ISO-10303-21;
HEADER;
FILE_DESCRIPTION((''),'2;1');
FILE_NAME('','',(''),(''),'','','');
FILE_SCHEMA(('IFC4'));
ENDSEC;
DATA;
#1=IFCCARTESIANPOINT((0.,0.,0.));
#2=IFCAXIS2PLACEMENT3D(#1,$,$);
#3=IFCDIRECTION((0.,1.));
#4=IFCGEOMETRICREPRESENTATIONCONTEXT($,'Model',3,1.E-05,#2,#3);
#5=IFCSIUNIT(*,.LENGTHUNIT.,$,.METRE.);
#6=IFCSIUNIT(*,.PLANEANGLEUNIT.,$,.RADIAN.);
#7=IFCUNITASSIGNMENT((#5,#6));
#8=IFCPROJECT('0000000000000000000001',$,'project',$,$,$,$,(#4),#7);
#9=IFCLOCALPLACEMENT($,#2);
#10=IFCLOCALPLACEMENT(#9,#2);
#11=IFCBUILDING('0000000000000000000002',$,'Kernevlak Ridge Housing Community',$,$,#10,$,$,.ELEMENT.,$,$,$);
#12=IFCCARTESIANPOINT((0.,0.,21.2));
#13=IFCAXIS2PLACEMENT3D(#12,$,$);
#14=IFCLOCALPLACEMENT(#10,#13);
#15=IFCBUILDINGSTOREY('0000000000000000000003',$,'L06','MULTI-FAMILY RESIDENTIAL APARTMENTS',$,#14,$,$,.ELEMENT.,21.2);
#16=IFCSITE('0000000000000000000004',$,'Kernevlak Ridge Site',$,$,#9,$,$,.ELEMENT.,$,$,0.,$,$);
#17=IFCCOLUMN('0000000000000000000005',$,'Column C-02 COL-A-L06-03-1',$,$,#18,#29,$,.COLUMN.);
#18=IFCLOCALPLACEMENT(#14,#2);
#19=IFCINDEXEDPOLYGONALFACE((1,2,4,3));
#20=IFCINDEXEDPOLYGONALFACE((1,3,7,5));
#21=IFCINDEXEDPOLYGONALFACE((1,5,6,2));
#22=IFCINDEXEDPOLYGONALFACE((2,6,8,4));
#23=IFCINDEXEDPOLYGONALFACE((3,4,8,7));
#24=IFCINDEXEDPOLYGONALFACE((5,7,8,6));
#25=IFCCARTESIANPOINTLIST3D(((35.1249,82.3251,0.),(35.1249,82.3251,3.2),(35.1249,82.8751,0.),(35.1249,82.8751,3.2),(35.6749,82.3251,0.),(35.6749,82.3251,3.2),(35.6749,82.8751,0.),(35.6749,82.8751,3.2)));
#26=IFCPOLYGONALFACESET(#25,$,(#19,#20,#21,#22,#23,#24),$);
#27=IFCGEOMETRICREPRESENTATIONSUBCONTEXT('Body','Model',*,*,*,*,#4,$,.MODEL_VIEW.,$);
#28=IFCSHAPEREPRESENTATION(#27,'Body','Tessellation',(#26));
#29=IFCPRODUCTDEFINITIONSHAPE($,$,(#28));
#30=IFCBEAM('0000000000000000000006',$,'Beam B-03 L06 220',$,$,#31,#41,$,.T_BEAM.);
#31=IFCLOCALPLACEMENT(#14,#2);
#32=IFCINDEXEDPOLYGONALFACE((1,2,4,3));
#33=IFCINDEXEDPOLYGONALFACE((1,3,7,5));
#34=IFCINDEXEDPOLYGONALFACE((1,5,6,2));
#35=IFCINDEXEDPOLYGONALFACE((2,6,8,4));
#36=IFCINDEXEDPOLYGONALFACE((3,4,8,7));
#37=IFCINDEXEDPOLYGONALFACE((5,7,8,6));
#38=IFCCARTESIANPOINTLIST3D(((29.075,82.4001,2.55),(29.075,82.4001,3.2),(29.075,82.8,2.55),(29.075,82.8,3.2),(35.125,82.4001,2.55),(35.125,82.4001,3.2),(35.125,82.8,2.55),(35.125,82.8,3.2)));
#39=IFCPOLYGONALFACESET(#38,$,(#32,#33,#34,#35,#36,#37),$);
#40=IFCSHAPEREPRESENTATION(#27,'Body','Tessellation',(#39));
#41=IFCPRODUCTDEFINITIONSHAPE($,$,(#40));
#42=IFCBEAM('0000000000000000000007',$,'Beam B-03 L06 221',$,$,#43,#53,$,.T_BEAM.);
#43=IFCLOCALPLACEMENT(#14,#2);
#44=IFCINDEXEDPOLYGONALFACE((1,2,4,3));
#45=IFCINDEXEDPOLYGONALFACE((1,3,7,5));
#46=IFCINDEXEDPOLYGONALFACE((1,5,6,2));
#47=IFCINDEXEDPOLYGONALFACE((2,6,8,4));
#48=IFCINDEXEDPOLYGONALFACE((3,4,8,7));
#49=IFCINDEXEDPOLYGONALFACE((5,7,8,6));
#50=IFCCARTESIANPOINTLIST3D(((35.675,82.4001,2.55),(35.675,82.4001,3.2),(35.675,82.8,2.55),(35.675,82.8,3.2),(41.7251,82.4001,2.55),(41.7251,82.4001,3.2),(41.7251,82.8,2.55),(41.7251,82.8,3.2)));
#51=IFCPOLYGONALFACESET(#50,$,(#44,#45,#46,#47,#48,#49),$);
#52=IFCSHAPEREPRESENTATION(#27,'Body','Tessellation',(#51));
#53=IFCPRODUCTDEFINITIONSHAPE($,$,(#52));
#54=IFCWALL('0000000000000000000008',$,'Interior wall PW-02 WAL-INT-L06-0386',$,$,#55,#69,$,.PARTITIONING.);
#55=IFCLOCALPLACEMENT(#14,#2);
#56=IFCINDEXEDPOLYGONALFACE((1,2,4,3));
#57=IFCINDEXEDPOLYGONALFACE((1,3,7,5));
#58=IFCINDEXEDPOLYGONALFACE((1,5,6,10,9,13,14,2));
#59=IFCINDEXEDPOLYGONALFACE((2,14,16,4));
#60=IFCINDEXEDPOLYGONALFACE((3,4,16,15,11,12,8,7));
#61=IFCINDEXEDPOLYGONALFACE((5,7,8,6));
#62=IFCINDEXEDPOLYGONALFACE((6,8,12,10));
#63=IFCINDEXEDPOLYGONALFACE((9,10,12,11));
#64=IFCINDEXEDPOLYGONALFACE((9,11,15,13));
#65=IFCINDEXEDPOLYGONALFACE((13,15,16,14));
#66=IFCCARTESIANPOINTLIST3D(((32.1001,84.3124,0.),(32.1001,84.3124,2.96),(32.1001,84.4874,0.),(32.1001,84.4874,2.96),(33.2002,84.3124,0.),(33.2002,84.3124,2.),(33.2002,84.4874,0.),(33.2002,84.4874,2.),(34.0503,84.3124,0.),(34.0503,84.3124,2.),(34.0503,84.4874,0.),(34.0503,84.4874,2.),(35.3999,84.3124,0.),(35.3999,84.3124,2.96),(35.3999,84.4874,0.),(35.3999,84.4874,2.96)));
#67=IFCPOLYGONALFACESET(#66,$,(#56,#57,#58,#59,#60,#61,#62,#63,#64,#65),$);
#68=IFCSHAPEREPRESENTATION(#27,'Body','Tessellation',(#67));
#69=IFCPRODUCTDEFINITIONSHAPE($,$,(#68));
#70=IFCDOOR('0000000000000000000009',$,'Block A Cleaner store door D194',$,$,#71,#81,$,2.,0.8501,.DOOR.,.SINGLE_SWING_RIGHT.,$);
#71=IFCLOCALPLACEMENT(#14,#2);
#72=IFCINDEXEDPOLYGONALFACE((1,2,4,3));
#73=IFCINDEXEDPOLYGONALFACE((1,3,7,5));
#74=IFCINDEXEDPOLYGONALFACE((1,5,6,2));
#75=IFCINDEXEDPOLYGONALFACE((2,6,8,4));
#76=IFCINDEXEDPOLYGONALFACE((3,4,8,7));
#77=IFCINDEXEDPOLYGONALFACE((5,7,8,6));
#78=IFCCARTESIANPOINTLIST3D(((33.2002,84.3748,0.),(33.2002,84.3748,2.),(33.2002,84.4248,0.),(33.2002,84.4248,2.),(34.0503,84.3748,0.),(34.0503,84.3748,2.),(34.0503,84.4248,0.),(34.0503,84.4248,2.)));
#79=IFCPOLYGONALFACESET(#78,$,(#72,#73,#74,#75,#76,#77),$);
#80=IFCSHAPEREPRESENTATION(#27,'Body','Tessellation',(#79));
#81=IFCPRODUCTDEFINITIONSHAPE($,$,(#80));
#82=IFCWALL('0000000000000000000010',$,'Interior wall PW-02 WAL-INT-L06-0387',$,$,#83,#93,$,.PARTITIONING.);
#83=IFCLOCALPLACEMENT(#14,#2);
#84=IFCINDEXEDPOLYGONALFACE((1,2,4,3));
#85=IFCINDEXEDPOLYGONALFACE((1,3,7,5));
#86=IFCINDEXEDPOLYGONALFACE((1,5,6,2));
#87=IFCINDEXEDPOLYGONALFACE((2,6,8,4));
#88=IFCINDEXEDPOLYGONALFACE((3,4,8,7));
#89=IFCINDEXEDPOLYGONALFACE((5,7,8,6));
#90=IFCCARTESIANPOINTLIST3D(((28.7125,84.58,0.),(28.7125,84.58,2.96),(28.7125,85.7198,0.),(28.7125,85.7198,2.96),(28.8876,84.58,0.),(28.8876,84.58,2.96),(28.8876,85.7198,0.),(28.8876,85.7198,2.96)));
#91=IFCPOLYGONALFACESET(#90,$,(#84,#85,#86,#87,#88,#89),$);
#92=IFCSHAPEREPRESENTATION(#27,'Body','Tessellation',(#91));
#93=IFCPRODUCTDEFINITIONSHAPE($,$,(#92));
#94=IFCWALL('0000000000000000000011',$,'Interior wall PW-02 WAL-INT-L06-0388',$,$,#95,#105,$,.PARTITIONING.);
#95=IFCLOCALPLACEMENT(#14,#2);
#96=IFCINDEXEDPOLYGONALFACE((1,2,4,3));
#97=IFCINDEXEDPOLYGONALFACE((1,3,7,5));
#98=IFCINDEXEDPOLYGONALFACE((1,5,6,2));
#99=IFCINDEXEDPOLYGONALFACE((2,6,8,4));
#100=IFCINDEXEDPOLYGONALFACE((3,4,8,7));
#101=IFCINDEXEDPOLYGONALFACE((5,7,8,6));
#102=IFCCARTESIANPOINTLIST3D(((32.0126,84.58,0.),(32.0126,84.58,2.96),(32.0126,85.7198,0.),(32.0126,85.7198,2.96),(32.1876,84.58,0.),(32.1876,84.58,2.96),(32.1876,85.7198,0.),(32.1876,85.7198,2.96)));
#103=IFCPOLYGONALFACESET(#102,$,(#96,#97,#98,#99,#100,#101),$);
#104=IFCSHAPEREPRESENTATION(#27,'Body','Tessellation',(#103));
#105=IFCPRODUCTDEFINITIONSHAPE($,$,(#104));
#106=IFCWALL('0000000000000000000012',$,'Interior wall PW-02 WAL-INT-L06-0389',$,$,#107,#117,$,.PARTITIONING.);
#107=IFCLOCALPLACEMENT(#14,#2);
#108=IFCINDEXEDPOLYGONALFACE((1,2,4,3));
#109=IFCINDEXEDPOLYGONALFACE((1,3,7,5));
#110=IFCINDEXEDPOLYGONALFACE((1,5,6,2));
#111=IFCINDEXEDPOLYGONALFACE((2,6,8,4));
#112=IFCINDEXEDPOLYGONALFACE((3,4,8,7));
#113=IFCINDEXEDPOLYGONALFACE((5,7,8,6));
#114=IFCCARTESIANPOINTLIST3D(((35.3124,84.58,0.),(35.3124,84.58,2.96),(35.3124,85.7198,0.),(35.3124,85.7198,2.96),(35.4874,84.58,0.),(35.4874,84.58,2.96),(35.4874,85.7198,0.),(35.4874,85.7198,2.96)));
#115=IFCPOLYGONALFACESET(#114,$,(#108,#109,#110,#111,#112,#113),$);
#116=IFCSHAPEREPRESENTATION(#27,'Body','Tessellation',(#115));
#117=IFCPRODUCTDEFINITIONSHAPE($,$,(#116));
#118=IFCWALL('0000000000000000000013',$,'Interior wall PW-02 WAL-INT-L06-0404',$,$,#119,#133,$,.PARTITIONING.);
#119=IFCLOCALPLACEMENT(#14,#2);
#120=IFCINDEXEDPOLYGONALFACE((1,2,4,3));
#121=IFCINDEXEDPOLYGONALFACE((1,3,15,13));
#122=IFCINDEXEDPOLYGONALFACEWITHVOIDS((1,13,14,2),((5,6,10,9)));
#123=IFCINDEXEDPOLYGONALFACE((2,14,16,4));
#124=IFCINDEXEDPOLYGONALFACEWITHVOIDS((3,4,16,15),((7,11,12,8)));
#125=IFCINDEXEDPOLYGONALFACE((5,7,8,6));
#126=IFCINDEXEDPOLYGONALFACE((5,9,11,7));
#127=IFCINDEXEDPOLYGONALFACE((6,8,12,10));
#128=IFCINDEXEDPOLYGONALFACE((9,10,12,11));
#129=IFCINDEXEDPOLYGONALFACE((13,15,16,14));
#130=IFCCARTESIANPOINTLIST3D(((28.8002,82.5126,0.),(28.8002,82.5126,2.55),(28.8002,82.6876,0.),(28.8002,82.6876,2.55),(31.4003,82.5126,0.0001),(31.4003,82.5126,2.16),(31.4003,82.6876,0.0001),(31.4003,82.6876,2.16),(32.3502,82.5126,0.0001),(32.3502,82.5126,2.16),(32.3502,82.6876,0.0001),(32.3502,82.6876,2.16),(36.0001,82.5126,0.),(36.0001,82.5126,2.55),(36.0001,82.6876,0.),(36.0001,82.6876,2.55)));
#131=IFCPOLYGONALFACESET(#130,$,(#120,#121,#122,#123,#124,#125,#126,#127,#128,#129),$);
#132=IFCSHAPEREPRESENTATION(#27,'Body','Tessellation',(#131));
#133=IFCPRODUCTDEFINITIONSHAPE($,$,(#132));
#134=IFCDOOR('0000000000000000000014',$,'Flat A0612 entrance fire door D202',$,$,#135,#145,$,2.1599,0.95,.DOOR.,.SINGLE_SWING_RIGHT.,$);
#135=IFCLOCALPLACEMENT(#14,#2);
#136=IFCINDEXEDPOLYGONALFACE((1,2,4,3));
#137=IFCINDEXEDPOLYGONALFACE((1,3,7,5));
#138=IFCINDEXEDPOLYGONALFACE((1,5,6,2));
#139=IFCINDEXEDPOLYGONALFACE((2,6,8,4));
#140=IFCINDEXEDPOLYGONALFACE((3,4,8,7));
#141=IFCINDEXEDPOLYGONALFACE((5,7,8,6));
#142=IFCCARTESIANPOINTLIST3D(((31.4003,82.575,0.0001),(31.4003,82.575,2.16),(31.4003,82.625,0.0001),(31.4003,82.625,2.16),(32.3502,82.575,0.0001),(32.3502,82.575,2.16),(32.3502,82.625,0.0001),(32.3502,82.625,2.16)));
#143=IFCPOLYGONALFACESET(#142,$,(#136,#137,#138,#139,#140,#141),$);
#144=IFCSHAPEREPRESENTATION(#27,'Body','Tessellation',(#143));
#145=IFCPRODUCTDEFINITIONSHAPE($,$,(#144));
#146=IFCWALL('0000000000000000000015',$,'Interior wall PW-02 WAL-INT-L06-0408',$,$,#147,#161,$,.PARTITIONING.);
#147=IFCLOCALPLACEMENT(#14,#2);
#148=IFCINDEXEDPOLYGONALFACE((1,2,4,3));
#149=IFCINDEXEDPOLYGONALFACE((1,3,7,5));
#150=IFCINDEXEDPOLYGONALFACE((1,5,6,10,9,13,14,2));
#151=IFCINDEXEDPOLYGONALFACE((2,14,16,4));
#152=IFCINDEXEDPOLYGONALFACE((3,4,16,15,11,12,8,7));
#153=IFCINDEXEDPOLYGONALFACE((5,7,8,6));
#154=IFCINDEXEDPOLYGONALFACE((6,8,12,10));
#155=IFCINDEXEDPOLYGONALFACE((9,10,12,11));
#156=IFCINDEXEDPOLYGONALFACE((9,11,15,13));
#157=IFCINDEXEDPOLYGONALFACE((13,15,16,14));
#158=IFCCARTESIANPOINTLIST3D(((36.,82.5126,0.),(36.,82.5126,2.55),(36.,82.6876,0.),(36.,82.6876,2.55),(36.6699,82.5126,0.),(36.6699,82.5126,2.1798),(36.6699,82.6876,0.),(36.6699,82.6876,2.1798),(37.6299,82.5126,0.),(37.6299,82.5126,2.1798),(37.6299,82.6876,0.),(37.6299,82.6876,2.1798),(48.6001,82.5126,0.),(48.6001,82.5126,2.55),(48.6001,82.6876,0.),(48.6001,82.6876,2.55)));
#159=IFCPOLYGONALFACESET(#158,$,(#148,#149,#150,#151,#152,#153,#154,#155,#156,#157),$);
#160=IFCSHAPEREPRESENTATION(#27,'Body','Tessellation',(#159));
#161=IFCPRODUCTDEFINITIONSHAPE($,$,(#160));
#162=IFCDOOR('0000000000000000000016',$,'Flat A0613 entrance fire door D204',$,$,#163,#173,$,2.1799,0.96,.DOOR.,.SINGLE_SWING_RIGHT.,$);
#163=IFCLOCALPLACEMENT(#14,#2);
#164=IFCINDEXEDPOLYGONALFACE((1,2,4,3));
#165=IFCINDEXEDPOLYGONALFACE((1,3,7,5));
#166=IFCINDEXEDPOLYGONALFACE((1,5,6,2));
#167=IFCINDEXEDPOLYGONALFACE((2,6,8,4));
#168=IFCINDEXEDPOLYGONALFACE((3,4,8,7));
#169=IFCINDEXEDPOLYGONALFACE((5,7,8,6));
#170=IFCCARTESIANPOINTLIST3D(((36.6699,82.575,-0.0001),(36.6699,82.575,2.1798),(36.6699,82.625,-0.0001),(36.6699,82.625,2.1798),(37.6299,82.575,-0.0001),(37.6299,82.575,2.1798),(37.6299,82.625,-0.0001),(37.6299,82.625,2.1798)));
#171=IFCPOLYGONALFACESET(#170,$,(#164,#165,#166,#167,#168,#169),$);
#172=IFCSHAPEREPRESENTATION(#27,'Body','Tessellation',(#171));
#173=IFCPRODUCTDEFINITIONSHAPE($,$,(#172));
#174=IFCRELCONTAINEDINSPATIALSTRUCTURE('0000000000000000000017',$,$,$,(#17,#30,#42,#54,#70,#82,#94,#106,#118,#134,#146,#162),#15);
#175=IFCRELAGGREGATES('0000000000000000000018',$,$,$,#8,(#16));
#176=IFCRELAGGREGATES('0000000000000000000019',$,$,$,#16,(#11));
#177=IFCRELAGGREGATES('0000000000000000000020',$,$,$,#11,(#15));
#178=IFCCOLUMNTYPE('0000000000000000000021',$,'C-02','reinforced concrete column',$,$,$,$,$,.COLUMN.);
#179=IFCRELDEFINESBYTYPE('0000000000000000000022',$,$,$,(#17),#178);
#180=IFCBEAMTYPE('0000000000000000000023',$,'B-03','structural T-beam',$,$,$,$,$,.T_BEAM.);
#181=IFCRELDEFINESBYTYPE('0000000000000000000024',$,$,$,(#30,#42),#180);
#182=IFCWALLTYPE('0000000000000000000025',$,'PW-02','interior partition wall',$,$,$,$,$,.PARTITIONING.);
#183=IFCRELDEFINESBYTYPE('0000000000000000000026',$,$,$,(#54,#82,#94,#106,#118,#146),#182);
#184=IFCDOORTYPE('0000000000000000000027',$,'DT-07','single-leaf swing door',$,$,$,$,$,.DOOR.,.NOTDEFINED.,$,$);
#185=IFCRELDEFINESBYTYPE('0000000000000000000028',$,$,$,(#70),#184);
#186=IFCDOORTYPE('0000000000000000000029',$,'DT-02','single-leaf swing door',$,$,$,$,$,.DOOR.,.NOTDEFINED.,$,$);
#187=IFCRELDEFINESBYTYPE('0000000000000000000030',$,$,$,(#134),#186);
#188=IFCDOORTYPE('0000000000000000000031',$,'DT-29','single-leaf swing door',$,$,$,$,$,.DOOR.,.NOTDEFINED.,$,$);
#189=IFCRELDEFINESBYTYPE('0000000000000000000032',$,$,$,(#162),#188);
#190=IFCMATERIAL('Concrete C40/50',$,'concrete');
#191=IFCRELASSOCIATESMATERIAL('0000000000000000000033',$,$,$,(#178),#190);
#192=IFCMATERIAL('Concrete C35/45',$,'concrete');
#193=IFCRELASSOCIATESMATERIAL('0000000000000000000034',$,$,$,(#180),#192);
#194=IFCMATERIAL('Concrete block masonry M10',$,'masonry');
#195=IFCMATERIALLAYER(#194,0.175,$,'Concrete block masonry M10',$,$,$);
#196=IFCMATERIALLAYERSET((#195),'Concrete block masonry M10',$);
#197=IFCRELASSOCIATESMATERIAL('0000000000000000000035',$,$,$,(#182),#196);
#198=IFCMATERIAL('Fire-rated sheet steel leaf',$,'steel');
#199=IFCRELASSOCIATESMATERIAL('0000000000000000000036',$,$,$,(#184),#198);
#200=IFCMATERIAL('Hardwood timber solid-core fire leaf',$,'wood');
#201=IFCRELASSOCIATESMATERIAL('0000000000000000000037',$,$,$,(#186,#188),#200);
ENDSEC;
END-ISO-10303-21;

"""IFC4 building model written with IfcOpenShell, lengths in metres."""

from ifc_helpers import new_model, si_unit, direction, frame, frame_2d, origin, origin_2d, place, context, subcontext, project, spatial, rectangle, extrude, material, layer, layer_set, material_profile, profile_set, type_object, element, fill, save


model = new_model("IFC4")

# Units and contexts
model_context = context("Model", 3, precision=1e-05, world=origin(), true_north=direction((0.0, 1.0)))
body_context = subcontext(model_context, "Body", "Model", "MODEL_VIEW")
ifc_project = project(units=[si_unit("LENGTHUNIT", "METRE"), si_unit("PLANEANGLEUNIT", "RADIAN")], contexts=[model_context])

# Site, building, storey
site_placement = place(None, origin())
site = spatial("IfcSite", under=ifc_project, at=site_placement, Name="Kernevlak Ridge Site", CompositionType="ELEMENT", RefElevation=0.0)
building_placement = place(site_placement, origin())
building = spatial("IfcBuilding", under=site, at=building_placement, Name="Kernevlak Ridge Housing Community", CompositionType="ELEMENT")
storey_placement = place(building_placement, frame((0.0, 0.0, 21.2)))
storey = spatial("IfcBuildingStorey", under=building, at=storey_placement, Name="L06", Description="MULTI-FAMILY RESIDENTIAL APARTMENTS", CompositionType="ELEMENT", Elevation=21.2)

# Column
ifc_material_1 = material(Name="Concrete C40/50", Category="concrete")
ifc_material_profile_1 = material_profile(ifc_material_1, rectangle(XDim=0.55, YDim=0.55, at=origin_2d()), Name="RC 550x550")
ifc_profile_set_1 = profile_set([ifc_material_profile_1], Name="Concrete C40/50")
column_type = type_object("IfcColumnType", Name="C-02", Description="reinforced concrete column", PredefinedType="COLUMN", material=ifc_profile_set_1)
column_placement = place(storey_placement, frame((35.3999, 82.6001, 0.0), z_axis=(0.0, 0.0, 1.0), x_axis=(1.0, 0.0, 0.0)))
element("IfcColumn", 1, at=column_placement, inside=storey, type_object=column_type, Name="Column C-02 COL-A-L06-03-1", PredefinedType="COLUMN", context=body_context, shape_type="SweptSolid", body=[
    extrude(rectangle(XDim=0.55, YDim=0.55, at=origin_2d()), origin(), (0.0, 0.0, 1.0), 3.2),
])

# Beams
ifc_material_2 = material(Name="Concrete C35/45", Category="concrete")
ifc_material_profile_2 = material_profile(ifc_material_2, rectangle(XDim=0.3999, YDim=0.6499, at=origin_2d()), Name="RC 400x650")
ifc_profile_set_2 = profile_set([ifc_material_profile_2], Name="Concrete C35/45")
beam_type = type_object("IfcBeamType", Name="B-03", Description="structural T-beam", PredefinedType="T_BEAM", material=ifc_profile_set_2)
for number, where, z_axis, x_axis, name in (
    (2, (29.075, 82.6001, 2.875), (1.0, 0.0, 0.0), (0.0, 1.0, 0.0), "Beam B-03 L06 220"),
    (3, (35.675, 82.6001, 2.875), (1.0, 0.0, 0.0), (0.0, 1.0, 0.0), "Beam B-03 L06 221"),
):
    element("IfcBeam", number, at=place(storey_placement, frame(where, z_axis=z_axis, x_axis=x_axis)), inside=storey, type_object=beam_type, Name=name, PredefinedType="T_BEAM", context=body_context, shape_type="SweptSolid", body=[
        extrude(rectangle(XDim=0.3999, YDim=0.6499, at=origin_2d()), origin(), (0.0, 0.0, 1.0), 6.05),
    ])

# Wall, opening, door
ifc_material_3 = material(Name="Concrete block masonry M10", Category="masonry")
ifc_layer_1 = layer(ifc_material_3, 0.175, Name="Concrete block masonry M10")
ifc_layer_set_1 = layer_set([ifc_layer_1], Name="Concrete block masonry M10")
wall_type_1 = type_object("IfcWallType", Name="PW-02", Description="interior partition wall", PredefinedType="PARTITIONING", material=ifc_layer_set_1)
ifc_material_4 = material(Name="Fire-rated sheet steel leaf", Category="steel")
wall_1_placement = place(storey_placement, frame((32.1001, 84.3999, 0.0), z_axis=(0.0, 0.0, 1.0), x_axis=(1.0, 0.0, 0.0)))
wall_1 = element("IfcWall", 4, at=wall_1_placement, inside=storey, type_object=wall_type_1, Name="Interior wall PW-02 WAL-INT-L06-0386", PredefinedType="PARTITIONING", context=body_context, shape_type="SweptSolid", body=[
    extrude(rectangle(XDim=3.2998, YDim=0.175, at=frame_2d((1.6499, 0.0))), origin(), (0.0, 0.0, 1.0), 2.96),
])
opening_1_placement = place(wall_1_placement, frame((1.1001, 0.0, 0.0)))
opening_1 = element("IfcOpeningElement", 5, at=opening_1_placement, cuts=wall_1, PredefinedType="OPENING", context=body_context, shape_type="SweptSolid", body=[
    extrude(rectangle(XDim=0.8501, YDim=2.0, at=frame_2d((0.425, 1.0))), frame((0.0, 0.0974, 0.0), z_axis=(0.0, -1.0, 0.0), x_axis=(1.0, 0.0, 0.0)), (0.0, 0.0, 1.0), 0.1951),
])
door_type_1 = type_object("IfcDoorType", Name="DT-07", Description="single-leaf swing door", OperationType="NOTDEFINED", PredefinedType="DOOR", material=ifc_material_4)
door_1_placement = place(opening_1_placement, origin())
door_1 = element("IfcDoor", 6, at=door_1_placement, inside=storey, type_object=door_type_1, Name="Block A Cleaner store door D194", OperationType="SINGLE_SWING_RIGHT", OverallHeight=2.0, OverallWidth=0.8501, PredefinedType="DOOR", context=body_context, shape_type="SweptSolid", body=[
    extrude(rectangle(XDim=0.8501, YDim=2.0, at=frame_2d((0.425, 1.0))), frame((0.0, 0.0249, 0.0), z_axis=(0.0, -1.0, 0.0), x_axis=(1.0, 0.0, 0.0)), (0.0, 0.0, 1.0), 0.05),
])
fill(opening_1, door_1)

# Walls
for number, where, z_axis, x_axis, name in (
    (7, (28.8, 84.5801, 0.0), (0.0, 0.0, 1.0), (0.0, 1.0, 0.0), "Interior wall PW-02 WAL-INT-L06-0387"),
    (8, (32.1001, 84.5801, 0.0), (0.0, 0.0, 1.0), (0.0, 1.0, 0.0), "Interior wall PW-02 WAL-INT-L06-0388"),
    (9, (35.3999, 84.5801, 0.0), (0.0, 0.0, 1.0), (0.0, 1.0, 0.0), "Interior wall PW-02 WAL-INT-L06-0389"),
):
    element("IfcWall", number, at=place(storey_placement, frame(where, z_axis=z_axis, x_axis=x_axis)), inside=storey, type_object=wall_type_1, Name=name, PredefinedType="PARTITIONING", context=body_context, shape_type="SweptSolid", body=[
        extrude(rectangle(XDim=1.1399, YDim=0.175, at=frame_2d((0.5698, 0.0))), origin(), (0.0, 0.0, 1.0), 2.96),
    ])

# Walls, openings, doors
wall_2_placement = place(storey_placement, frame((28.8, 82.6001, 0.0), z_axis=(0.0, 0.0, 1.0), x_axis=(1.0, 0.0, 0.0)))
wall_2 = element("IfcWall", 10, at=wall_2_placement, inside=storey, type_object=wall_type_1, Name="Interior wall PW-02 WAL-INT-L06-0404", PredefinedType="PARTITIONING", context=body_context, shape_type="SweptSolid", body=[
    extrude(rectangle(XDim=7.2, YDim=0.175, at=frame_2d((3.6001, 0.0))), origin(), (0.0, 0.0, 1.0), 2.55),
])
opening_2_placement = place(wall_2_placement, frame((2.6001, 0.0, 0.0)))
opening_2 = element("IfcOpeningElement", 11, at=opening_2_placement, cuts=wall_2, PredefinedType="OPENING", context=body_context, shape_type="SweptSolid", body=[
    extrude(rectangle(XDim=0.95, YDim=2.1599, at=frame_2d((0.4751, 1.0801))), frame((0.0, 0.0974, 0.0), z_axis=(0.0, -1.0, 0.0), x_axis=(1.0, 0.0, 0.0)), (0.0, 0.0, 1.0), 0.1951),
])
ifc_material_5 = material(Name="Hardwood timber solid-core fire leaf", Category="wood")
door_type_2 = type_object("IfcDoorType", Name="DT-02", Description="single-leaf swing door", OperationType="NOTDEFINED", PredefinedType="DOOR", material=ifc_material_5)
door_2_placement = place(opening_2_placement, origin())
door_2 = element("IfcDoor", 12, at=door_2_placement, inside=storey, type_object=door_type_2, Name="Flat A0612 entrance fire door D202", OperationType="SINGLE_SWING_RIGHT", OverallHeight=2.1599, OverallWidth=0.95, PredefinedType="DOOR", context=body_context, shape_type="SweptSolid", body=[
    extrude(rectangle(XDim=0.95, YDim=2.1599, at=frame_2d((0.4751, 1.0801))), frame((0.0, 0.0249, 0.0), z_axis=(0.0, -1.0, 0.0), x_axis=(1.0, 0.0, 0.0)), (0.0, 0.0, 1.0), 0.05),
])
fill(opening_2, door_2)
wall_3_placement = place(storey_placement, frame((36.0, 82.6001, 0.0), z_axis=(0.0, 0.0, 1.0), x_axis=(1.0, 0.0, 0.0)))
wall_3 = element("IfcWall", 13, at=wall_3_placement, inside=storey, type_object=wall_type_1, Name="Interior wall PW-02 WAL-INT-L06-0408", PredefinedType="PARTITIONING", context=body_context, shape_type="SweptSolid", body=[
    extrude(rectangle(XDim=12.6001, YDim=0.175, at=frame_2d((6.3, 0.0))), origin(), (0.0, 0.0, 1.0), 2.55),
])
opening_3_placement = place(wall_3_placement, frame((0.6699, 0.0, 0.0)))
opening_3 = element("IfcOpeningElement", 14, at=opening_3_placement, cuts=wall_3, PredefinedType="OPENING", context=body_context, shape_type="SweptSolid", body=[
    extrude(rectangle(XDim=0.96, YDim=2.1799, at=frame_2d((0.48, 1.0898))), frame((0.0, 0.0974, 0.0), z_axis=(0.0, -1.0, 0.0), x_axis=(1.0, 0.0, 0.0)), (0.0, 0.0, 1.0), 0.1951),
])
door_type_3 = type_object("IfcDoorType", Name="DT-29", Description="single-leaf swing door", OperationType="NOTDEFINED", PredefinedType="DOOR", material=ifc_material_5)
door_3_placement = place(opening_3_placement, origin())
door_3 = element("IfcDoor", 15, at=door_3_placement, inside=storey, type_object=door_type_3, Name="Flat A0613 entrance fire door D204", OperationType="SINGLE_SWING_RIGHT", OverallHeight=2.1799, OverallWidth=0.96, PredefinedType="DOOR", context=body_context, shape_type="SweptSolid", body=[
    extrude(rectangle(XDim=0.96, YDim=2.1799, at=frame_2d((0.48, 1.0898))), frame((0.0, 0.0249, 0.0), z_axis=(0.0, -1.0, 0.0), x_axis=(1.0, 0.0, 0.0)), (0.0, 0.0, 1.0), 0.05),
])
fill(opening_3, door_3)

save(model, "model.ifc")
